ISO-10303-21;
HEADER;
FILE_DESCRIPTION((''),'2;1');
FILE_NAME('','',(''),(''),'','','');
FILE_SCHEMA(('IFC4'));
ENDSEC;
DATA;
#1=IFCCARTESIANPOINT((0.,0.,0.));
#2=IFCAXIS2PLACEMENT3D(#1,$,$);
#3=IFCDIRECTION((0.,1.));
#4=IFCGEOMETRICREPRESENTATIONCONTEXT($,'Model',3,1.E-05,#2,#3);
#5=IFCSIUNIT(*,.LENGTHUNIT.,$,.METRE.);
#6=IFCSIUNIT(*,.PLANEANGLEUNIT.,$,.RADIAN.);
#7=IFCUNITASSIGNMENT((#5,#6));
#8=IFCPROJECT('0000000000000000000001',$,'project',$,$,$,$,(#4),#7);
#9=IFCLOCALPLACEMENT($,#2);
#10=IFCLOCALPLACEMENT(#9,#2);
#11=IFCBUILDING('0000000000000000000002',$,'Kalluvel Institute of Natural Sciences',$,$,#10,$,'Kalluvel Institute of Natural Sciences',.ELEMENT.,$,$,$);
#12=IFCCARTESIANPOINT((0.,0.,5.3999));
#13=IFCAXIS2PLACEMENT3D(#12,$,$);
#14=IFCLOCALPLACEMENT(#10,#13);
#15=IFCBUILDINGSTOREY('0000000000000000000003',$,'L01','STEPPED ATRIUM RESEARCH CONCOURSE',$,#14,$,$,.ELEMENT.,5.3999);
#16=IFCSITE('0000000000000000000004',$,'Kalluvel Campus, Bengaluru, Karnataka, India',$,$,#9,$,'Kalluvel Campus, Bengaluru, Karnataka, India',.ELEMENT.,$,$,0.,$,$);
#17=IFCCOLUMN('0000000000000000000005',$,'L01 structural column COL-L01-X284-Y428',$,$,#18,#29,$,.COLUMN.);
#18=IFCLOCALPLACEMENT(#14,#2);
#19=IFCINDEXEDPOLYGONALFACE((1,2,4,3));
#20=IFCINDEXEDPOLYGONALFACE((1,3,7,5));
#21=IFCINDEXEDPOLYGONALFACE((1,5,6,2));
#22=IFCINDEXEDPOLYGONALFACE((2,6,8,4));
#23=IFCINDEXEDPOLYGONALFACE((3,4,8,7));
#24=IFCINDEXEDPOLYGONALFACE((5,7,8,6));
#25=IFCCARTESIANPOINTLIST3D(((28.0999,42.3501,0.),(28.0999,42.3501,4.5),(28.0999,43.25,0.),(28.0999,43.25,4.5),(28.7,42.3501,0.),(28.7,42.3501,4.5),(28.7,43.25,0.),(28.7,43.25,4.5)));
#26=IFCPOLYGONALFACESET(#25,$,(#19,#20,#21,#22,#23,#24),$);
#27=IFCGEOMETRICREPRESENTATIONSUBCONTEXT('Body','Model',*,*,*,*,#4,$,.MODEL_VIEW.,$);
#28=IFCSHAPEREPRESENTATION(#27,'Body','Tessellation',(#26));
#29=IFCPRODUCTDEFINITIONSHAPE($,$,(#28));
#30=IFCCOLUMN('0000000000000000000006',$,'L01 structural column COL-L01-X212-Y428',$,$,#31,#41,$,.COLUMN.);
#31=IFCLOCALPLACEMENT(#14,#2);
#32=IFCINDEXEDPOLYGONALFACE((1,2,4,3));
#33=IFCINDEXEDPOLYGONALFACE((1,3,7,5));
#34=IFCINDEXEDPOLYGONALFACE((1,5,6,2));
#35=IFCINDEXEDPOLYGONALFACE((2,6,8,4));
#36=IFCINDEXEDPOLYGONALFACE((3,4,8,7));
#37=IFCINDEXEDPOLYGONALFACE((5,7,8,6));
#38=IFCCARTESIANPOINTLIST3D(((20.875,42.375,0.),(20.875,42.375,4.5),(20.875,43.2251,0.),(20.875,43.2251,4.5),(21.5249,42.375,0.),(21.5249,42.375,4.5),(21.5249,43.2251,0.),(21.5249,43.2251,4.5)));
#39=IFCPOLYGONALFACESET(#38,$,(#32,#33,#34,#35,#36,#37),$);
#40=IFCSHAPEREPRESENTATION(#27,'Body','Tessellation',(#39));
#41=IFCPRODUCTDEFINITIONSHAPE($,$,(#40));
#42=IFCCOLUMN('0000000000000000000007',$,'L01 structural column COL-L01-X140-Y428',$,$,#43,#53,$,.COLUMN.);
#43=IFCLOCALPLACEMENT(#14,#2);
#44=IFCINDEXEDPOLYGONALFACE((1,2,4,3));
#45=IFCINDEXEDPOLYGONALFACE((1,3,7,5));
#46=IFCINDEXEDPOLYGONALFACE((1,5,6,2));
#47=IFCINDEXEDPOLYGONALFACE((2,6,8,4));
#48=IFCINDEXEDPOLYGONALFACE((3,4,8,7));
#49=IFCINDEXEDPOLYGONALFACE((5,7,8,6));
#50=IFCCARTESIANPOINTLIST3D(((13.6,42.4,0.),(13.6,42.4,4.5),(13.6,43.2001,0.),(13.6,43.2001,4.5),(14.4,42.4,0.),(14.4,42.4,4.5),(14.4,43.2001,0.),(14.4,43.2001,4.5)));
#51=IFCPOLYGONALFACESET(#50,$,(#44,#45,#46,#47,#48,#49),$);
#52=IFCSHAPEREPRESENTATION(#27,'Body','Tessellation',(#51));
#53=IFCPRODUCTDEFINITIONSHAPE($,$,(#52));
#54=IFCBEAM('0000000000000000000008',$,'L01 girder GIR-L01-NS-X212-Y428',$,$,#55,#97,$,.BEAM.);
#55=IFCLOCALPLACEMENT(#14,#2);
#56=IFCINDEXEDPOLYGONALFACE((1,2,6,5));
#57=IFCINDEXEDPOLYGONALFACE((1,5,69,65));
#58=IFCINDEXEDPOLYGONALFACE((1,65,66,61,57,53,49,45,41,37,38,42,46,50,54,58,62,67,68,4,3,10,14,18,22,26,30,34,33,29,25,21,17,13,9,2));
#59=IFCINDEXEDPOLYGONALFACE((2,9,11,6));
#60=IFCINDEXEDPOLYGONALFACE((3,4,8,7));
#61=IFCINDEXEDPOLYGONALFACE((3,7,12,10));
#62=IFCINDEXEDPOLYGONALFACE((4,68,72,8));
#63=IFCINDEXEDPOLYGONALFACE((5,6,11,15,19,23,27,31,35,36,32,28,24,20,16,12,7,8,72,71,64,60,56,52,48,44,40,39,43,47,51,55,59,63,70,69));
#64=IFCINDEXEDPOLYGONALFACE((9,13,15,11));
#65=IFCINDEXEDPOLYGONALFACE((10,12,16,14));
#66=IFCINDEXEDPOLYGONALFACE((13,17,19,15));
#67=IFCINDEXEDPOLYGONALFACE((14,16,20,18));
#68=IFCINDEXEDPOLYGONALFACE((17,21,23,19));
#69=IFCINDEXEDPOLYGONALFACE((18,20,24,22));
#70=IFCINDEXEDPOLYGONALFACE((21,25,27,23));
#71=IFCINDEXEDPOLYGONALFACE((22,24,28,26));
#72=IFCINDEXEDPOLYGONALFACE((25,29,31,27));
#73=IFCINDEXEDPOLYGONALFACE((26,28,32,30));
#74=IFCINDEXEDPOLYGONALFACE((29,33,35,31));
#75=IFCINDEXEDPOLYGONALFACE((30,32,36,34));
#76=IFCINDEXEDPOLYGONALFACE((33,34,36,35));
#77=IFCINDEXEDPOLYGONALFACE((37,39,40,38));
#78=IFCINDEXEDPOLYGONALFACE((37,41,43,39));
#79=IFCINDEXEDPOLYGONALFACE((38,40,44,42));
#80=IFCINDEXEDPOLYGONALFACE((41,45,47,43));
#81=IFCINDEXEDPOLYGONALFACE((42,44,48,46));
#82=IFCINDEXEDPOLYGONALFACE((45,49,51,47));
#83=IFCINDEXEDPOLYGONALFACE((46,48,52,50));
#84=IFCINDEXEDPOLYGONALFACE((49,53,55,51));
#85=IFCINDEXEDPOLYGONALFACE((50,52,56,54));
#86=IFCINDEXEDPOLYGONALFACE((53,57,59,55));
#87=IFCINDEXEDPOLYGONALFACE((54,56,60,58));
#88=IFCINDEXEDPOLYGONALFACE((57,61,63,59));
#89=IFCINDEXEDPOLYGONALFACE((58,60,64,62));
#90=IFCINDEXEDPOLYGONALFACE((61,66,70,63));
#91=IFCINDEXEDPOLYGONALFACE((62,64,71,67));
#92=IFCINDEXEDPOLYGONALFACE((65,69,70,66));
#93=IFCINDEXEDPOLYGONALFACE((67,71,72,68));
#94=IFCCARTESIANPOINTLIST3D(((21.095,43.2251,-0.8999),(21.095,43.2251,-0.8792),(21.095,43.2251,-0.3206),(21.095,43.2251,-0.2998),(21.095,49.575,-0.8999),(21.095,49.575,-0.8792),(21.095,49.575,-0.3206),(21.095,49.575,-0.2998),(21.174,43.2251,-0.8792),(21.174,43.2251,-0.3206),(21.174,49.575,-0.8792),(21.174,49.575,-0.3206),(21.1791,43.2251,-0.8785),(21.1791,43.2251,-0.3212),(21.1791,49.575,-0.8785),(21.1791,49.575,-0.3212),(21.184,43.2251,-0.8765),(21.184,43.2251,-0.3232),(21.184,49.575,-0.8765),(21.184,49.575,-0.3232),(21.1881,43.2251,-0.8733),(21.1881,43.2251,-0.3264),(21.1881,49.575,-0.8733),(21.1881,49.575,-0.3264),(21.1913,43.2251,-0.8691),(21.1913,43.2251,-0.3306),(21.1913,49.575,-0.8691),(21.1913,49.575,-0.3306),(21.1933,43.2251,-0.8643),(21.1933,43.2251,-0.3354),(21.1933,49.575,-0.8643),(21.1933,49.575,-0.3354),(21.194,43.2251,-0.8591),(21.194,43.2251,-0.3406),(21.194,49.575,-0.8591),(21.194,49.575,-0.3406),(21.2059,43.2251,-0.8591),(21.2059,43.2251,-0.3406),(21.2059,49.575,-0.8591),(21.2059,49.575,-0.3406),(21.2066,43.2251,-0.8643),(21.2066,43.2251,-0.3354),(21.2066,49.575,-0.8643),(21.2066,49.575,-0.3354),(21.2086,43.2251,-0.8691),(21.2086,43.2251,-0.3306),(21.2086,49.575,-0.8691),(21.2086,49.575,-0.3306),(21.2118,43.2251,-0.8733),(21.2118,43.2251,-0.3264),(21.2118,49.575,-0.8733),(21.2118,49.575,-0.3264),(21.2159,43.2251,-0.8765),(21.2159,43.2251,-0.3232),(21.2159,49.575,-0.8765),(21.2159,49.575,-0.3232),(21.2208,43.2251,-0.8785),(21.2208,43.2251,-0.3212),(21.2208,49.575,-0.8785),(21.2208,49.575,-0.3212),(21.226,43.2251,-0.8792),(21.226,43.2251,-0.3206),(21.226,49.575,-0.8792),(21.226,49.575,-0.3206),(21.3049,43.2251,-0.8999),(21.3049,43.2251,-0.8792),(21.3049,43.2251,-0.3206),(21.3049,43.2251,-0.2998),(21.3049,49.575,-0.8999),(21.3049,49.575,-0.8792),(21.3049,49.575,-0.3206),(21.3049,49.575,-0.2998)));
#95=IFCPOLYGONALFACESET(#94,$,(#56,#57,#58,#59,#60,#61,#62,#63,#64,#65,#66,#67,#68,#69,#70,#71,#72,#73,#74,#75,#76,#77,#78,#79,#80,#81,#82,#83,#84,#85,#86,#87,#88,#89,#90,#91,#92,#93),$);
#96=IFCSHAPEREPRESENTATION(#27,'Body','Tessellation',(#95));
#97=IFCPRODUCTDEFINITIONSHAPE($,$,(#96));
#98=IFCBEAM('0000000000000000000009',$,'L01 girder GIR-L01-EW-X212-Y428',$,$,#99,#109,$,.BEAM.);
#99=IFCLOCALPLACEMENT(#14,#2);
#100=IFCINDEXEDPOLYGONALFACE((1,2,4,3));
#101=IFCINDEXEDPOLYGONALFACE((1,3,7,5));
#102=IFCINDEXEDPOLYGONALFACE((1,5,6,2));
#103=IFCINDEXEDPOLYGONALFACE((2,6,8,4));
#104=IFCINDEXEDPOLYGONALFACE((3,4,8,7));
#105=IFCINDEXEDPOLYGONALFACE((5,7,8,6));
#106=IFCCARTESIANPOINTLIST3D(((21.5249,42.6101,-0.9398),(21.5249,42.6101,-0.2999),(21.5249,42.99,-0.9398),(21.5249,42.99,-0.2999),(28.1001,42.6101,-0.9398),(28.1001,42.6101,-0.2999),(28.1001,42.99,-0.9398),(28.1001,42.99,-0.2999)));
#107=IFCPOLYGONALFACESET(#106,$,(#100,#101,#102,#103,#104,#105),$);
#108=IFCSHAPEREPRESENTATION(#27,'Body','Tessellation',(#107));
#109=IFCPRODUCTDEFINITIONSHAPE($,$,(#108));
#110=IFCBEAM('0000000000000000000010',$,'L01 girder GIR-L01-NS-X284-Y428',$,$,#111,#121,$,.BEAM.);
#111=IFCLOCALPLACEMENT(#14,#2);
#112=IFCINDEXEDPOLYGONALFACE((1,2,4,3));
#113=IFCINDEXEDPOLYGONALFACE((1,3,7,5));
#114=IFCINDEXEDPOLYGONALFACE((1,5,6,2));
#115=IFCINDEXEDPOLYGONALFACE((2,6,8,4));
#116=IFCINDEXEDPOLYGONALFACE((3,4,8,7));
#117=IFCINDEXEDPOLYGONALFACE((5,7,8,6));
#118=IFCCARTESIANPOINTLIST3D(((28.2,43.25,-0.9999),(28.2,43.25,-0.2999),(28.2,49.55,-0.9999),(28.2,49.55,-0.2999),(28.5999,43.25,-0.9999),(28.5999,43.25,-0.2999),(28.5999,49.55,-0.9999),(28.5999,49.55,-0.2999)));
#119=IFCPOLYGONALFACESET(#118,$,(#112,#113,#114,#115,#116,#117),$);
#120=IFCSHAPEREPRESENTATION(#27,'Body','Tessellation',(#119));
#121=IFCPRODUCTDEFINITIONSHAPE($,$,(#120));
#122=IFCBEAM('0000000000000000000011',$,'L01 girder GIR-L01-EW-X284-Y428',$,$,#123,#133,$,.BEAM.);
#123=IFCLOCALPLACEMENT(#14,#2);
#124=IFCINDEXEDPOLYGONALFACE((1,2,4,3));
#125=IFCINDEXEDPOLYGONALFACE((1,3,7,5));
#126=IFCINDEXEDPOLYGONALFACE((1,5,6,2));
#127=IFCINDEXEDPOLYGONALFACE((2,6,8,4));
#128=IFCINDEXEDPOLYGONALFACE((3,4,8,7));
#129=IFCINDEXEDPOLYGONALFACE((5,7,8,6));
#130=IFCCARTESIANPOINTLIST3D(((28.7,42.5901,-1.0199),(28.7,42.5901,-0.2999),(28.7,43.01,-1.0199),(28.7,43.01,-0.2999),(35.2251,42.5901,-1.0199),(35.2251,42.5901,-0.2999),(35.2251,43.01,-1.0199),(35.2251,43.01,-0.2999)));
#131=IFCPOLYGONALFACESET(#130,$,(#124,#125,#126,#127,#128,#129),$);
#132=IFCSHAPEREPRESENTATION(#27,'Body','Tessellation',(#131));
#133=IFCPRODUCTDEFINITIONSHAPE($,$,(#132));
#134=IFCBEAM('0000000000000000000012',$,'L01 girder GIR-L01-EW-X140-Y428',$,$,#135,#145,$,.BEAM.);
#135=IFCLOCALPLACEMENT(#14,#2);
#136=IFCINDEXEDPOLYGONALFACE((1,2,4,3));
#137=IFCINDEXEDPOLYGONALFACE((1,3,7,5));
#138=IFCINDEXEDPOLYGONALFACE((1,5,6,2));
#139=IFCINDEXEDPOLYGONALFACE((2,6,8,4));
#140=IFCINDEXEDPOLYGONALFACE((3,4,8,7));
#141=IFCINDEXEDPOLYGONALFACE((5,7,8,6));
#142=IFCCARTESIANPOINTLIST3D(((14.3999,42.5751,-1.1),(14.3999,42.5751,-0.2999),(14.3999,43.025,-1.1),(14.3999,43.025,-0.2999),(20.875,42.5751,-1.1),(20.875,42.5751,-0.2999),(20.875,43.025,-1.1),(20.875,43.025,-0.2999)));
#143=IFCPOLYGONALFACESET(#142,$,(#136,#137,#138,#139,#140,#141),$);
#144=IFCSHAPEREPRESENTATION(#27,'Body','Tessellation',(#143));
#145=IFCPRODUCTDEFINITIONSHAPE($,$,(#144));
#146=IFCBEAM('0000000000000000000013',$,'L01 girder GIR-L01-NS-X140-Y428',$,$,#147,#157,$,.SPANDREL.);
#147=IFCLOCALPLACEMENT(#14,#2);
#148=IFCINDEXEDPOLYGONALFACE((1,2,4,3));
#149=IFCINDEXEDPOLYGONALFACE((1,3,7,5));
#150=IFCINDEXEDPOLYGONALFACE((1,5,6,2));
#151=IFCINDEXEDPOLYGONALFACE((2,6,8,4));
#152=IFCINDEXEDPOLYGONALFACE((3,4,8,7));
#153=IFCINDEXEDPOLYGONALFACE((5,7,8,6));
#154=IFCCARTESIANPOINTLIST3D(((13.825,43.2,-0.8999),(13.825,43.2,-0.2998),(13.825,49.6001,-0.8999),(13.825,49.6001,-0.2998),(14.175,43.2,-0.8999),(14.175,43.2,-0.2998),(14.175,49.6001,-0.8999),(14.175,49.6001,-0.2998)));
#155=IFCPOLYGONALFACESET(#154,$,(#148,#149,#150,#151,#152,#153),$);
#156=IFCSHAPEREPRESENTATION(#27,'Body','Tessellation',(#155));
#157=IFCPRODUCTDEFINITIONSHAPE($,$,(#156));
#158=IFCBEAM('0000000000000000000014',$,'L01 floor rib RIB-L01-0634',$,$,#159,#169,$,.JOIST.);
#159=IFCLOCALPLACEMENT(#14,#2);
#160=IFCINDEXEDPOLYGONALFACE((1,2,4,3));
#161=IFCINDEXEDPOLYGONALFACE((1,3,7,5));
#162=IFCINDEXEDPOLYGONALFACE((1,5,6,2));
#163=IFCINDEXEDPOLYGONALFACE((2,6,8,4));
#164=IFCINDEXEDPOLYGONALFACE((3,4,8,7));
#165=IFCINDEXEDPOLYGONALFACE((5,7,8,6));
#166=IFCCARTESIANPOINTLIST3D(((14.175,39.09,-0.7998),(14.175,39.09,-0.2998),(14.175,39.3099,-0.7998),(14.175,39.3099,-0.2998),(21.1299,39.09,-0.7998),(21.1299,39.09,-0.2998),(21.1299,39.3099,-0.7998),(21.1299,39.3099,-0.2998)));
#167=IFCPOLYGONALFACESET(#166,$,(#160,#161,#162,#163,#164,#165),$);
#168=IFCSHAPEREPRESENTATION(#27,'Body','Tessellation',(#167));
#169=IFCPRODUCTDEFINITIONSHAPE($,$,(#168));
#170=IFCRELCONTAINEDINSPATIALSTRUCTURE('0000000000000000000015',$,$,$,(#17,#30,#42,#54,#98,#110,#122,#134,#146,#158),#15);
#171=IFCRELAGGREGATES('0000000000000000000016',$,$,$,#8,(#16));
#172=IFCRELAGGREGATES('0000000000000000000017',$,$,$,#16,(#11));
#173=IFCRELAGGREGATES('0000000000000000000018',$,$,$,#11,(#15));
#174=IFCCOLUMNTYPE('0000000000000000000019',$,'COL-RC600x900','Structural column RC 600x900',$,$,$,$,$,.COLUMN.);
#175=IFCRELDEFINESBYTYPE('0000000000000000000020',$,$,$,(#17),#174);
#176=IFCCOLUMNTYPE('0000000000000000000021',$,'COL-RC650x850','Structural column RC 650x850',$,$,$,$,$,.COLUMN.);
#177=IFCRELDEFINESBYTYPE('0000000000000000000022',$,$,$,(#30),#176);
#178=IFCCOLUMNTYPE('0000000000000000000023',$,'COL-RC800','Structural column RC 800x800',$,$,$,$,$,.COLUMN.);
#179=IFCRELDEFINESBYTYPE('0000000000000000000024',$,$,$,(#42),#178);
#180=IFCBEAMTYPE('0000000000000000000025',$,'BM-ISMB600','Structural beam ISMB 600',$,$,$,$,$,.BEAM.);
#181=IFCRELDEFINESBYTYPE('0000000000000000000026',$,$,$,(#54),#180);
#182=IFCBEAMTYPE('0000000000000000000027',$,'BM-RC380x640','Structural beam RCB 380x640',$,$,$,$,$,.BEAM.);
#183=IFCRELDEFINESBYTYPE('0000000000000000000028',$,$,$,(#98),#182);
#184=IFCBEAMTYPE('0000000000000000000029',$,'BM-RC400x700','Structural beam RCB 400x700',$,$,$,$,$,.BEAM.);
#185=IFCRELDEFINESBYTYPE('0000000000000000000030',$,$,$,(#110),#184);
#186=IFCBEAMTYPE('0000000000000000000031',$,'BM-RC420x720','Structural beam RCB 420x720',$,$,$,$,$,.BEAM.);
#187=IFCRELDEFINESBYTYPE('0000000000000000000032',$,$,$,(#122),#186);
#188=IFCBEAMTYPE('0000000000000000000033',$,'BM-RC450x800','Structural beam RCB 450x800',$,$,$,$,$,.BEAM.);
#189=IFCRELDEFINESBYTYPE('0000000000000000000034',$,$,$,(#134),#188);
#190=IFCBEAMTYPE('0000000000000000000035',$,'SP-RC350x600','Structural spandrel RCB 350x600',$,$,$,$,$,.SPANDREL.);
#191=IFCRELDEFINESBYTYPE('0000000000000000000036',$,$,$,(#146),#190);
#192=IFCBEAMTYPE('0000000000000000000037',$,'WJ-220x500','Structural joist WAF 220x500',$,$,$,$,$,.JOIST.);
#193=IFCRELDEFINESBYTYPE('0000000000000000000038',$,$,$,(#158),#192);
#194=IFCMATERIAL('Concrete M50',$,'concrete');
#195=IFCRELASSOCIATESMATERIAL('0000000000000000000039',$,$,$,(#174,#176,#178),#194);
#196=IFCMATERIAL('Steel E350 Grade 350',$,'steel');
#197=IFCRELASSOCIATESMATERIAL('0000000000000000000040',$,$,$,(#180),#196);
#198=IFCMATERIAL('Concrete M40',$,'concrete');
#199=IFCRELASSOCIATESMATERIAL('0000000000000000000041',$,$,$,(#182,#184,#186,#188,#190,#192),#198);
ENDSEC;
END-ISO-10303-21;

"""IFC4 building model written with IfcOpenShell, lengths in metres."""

from ifc_helpers import new_model, si_unit, direction, frame, origin, origin_2d, place, context, subcontext, project, spatial, rectangle, i_section, extrude, material, material_profile, profile_set, type_object, element, save


model = new_model("IFC4")

# Units and contexts
model_context = context("Model", 3, precision=1e-05, world=origin(), true_north=direction((0.0, 1.0)))
body_context = subcontext(model_context, "Body", "Model", "MODEL_VIEW")
ifc_project = project(units=[si_unit("LENGTHUNIT", "METRE"), si_unit("PLANEANGLEUNIT", "RADIAN")], contexts=[model_context])

# Site, building, storey
site_placement = place(None, origin())
site = spatial("IfcSite", under=ifc_project, at=site_placement, Name="Kalluvel Campus, Bengaluru, Karnataka, India", LongName="Kalluvel Campus, Bengaluru, Karnataka, India", CompositionType="ELEMENT", RefElevation=0.0)
building_placement = place(site_placement, origin())
building = spatial("IfcBuilding", under=site, at=building_placement, Name="Kalluvel Institute of Natural Sciences", LongName="Kalluvel Institute of Natural Sciences", CompositionType="ELEMENT")
storey_placement = place(building_placement, frame((0.0, 0.0, 5.3999)))
storey = spatial("IfcBuildingStorey", under=building, at=storey_placement, Name="L01", Description="STEPPED ATRIUM RESEARCH CONCOURSE", CompositionType="ELEMENT", Elevation=5.3999)

# Columns
ifc_material_1 = material(Name="Concrete M50", Category="concrete")
ifc_material_profile_1 = material_profile(ifc_material_1, rectangle(XDim=0.6001, YDim=0.8999, at=origin_2d()), Name="RC 600x900")
ifc_profile_set_1 = profile_set([ifc_material_profile_1], Name="Concrete M50")
column_type_1 = type_object("IfcColumnType", Name="COL-RC600x900", Description="Structural column RC 600x900", PredefinedType="COLUMN", material=ifc_profile_set_1)
column_1_placement = place(storey_placement, frame((28.3999, 42.8, 0.0), z_axis=(0.0, 0.0, 1.0), x_axis=(1.0, 0.0, 0.0)))
element("IfcColumn", 1, at=column_1_placement, inside=storey, type_object=column_type_1, Name="L01 structural column COL-L01-X284-Y428", PredefinedType="COLUMN", context=body_context, shape_type="SweptSolid", body=[
    extrude(rectangle(XDim=0.6001, YDim=0.8999, at=origin_2d()), origin(), (0.0, 0.0, 1.0), 4.5),
])
ifc_material_profile_2 = material_profile(ifc_material_1, rectangle(XDim=0.6499, YDim=0.8501, at=origin_2d()), Name="RC 650x850")
ifc_profile_set_2 = profile_set([ifc_material_profile_2], Name="Concrete M50")
column_type_2 = type_object("IfcColumnType", Name="COL-RC650x850", Description="Structural column RC 650x850", PredefinedType="COLUMN", material=ifc_profile_set_2)
column_2_placement = place(storey_placement, frame((21.2, 42.8, 0.0), z_axis=(0.0, 0.0, 1.0), x_axis=(1.0, 0.0, 0.0)))
element("IfcColumn", 2, at=column_2_placement, inside=storey, type_object=column_type_2, Name="L01 structural column COL-L01-X212-Y428", PredefinedType="COLUMN", context=body_context, shape_type="SweptSolid", body=[
    extrude(rectangle(XDim=0.6499, YDim=0.8501, at=origin_2d()), origin(), (0.0, 0.0, 1.0), 4.5),
])
ifc_material_profile_3 = material_profile(ifc_material_1, rectangle(XDim=0.8, YDim=0.8, at=origin_2d()), Name="RC 800x800")
ifc_profile_set_3 = profile_set([ifc_material_profile_3], Name="Concrete M50")
column_type_3 = type_object("IfcColumnType", Name="COL-RC800", Description="Structural column RC 800x800", PredefinedType="COLUMN", material=ifc_profile_set_3)
column_3_placement = place(storey_placement, frame((14.0, 42.8, 0.0), z_axis=(0.0, 0.0, 1.0), x_axis=(1.0, 0.0, 0.0)))
element("IfcColumn", 3, at=column_3_placement, inside=storey, type_object=column_type_3, Name="L01 structural column COL-L01-X140-Y428", PredefinedType="COLUMN", context=body_context, shape_type="SweptSolid", body=[
    extrude(rectangle(XDim=0.8, YDim=0.8, at=origin_2d()), origin(), (0.0, 0.0, 1.0), 4.5),
])

# Beams
ifc_material_2 = material(Name="Steel E350 Grade 350", Category="steel")
ifc_material_profile_4 = material_profile(ifc_material_2, i_section(OverallWidth=0.21, OverallDepth=0.6001, WebThickness=0.012, FlangeThickness=0.0208, FilletRadius=0.02, at=origin_2d()), Name="ISMB 600")
ifc_profile_set_4 = profile_set([ifc_material_profile_4], Name="Steel E350 Grade 350")
beam_type_1 = type_object("IfcBeamType", Name="BM-ISMB600", Description="Structural beam ISMB 600", PredefinedType="BEAM", material=ifc_profile_set_4)
beam_1_placement = place(storey_placement, frame((21.2, 43.2251, -0.5999), z_axis=(0.0, 1.0, 0.0), x_axis=(-1.0, 0.0, 0.0)))
element("IfcBeam", 4, at=beam_1_placement, inside=storey, type_object=beam_type_1, Name="L01 girder GIR-L01-NS-X212-Y428", PredefinedType="BEAM", context=body_context, shape_type="SweptSolid", body=[
    extrude(i_section(OverallWidth=0.21, OverallDepth=0.6001, WebThickness=0.012, FlangeThickness=0.0208, FilletRadius=0.02, at=origin_2d()), origin(), (0.0, 0.0, 1.0), 6.3499),
])
ifc_material_3 = material(Name="Concrete M40", Category="concrete")
ifc_material_profile_5 = material_profile(ifc_material_3, rectangle(XDim=0.3799, YDim=0.6399, at=origin_2d()), Name="RCB 380x640")
ifc_profile_set_5 = profile_set([ifc_material_profile_5], Name="Concrete M40")
beam_type_2 = type_object("IfcBeamType", Name="BM-RC380x640", Description="Structural beam RCB 380x640", PredefinedType="BEAM", material=ifc_profile_set_5)
beam_2_placement = place(storey_placement, frame((21.5249, 42.8, -0.6199), z_axis=(1.0, 0.0, 0.0), x_axis=(0.0, 1.0, 0.0)))
element("IfcBeam", 5, at=beam_2_placement, inside=storey, type_object=beam_type_2, Name="L01 girder GIR-L01-EW-X212-Y428", PredefinedType="BEAM", context=body_context, shape_type="SweptSolid", body=[
    extrude(rectangle(XDim=0.3799, YDim=0.6399, at=origin_2d()), origin(), (0.0, 0.0, 1.0), 6.5752),
])
ifc_material_profile_6 = material_profile(ifc_material_3, rectangle(XDim=0.3999, YDim=0.7, at=origin_2d()), Name="RCB 400x700")
ifc_profile_set_6 = profile_set([ifc_material_profile_6], Name="Concrete M40")
beam_type_3 = type_object("IfcBeamType", Name="BM-RC400x700", Description="Structural beam RCB 400x700", PredefinedType="BEAM", material=ifc_profile_set_6)
beam_3_placement = place(storey_placement, frame((28.3999, 43.25, -0.6499), z_axis=(0.0, 1.0, 0.0), x_axis=(-1.0, 0.0, 0.0)))
element("IfcBeam", 6, at=beam_3_placement, inside=storey, type_object=beam_type_3, Name="L01 girder GIR-L01-NS-X284-Y428", PredefinedType="BEAM", context=body_context, shape_type="SweptSolid", body=[
    extrude(rectangle(XDim=0.3999, YDim=0.7, at=origin_2d()), origin(), (0.0, 0.0, 1.0), 6.3),
])
ifc_material_profile_7 = material_profile(ifc_material_3, rectangle(XDim=0.4199, YDim=0.72, at=origin_2d()), Name="RCB 420x720")
ifc_profile_set_7 = profile_set([ifc_material_profile_7], Name="Concrete M40")
beam_type_4 = type_object("IfcBeamType", Name="BM-RC420x720", Description="Structural beam RCB 420x720", PredefinedType="BEAM", material=ifc_profile_set_7)
beam_4_placement = place(storey_placement, frame((28.7, 42.8, -0.6599), z_axis=(1.0, 0.0, 0.0), x_axis=(0.0, 1.0, 0.0)))
element("IfcBeam", 7, at=beam_4_placement, inside=storey, type_object=beam_type_4, Name="L01 girder GIR-L01-EW-X284-Y428", PredefinedType="BEAM", context=body_context, shape_type="SweptSolid", body=[
    extrude(rectangle(XDim=0.4199, YDim=0.72, at=origin_2d()), origin(), (0.0, 0.0, 1.0), 6.5251),
])
ifc_material_profile_8 = material_profile(ifc_material_3, rectangle(XDim=0.45, YDim=0.8, at=origin_2d()), Name="RCB 450x800")
ifc_profile_set_8 = profile_set([ifc_material_profile_8], Name="Concrete M40")
beam_type_5 = type_object("IfcBeamType", Name="BM-RC450x800", Description="Structural beam RCB 450x800", PredefinedType="BEAM", material=ifc_profile_set_8)
beam_5_placement = place(storey_placement, frame((14.3999, 42.8, -0.7), z_axis=(1.0, 0.0, 0.0), x_axis=(0.0, 1.0, 0.0)))
element("IfcBeam", 8, at=beam_5_placement, inside=storey, type_object=beam_type_5, Name="L01 girder GIR-L01-EW-X140-Y428", PredefinedType="BEAM", context=body_context, shape_type="SweptSolid", body=[
    extrude(rectangle(XDim=0.45, YDim=0.8, at=origin_2d()), origin(), (0.0, 0.0, 1.0), 6.4751),
])
ifc_material_profile_9 = material_profile(ifc_material_3, rectangle(XDim=0.3501, YDim=0.6001, at=origin_2d()), Name="RCB 350x600")
ifc_profile_set_9 = profile_set([ifc_material_profile_9], Name="Concrete M40")
beam_type_6 = type_object("IfcBeamType", Name="SP-RC350x600", Description="Structural spandrel RCB 350x600", PredefinedType="SPANDREL", material=ifc_profile_set_9)
beam_6_placement = place(storey_placement, frame((14.0, 43.2, -0.5999), z_axis=(0.0, 1.0, 0.0), x_axis=(-1.0, 0.0, 0.0)))
element("IfcBeam", 9, at=beam_6_placement, inside=storey, type_object=beam_type_6, Name="L01 girder GIR-L01-NS-X140-Y428", PredefinedType="SPANDREL", context=body_context, shape_type="SweptSolid", body=[
    extrude(rectangle(XDim=0.3501, YDim=0.6001, at=origin_2d()), origin(), (0.0, 0.0, 1.0), 6.4001),
])
ifc_material_profile_10 = material_profile(ifc_material_3, rectangle(XDim=0.22, YDim=0.5, at=origin_2d()), Name="WAF 220x500")
ifc_profile_set_10 = profile_set([ifc_material_profile_10], Name="Concrete M40")
beam_type_7 = type_object("IfcBeamType", Name="WJ-220x500", Description="Structural joist WAF 220x500", PredefinedType="JOIST", material=ifc_profile_set_10)
beam_7_placement = place(storey_placement, frame((14.175, 39.2, -0.5498), z_axis=(1.0, 0.0, 0.0), x_axis=(0.0, 1.0, 0.0)))
element("IfcBeam", 10, at=beam_7_placement, inside=storey, type_object=beam_type_7, Name="L01 floor rib RIB-L01-0634", PredefinedType="JOIST", context=body_context, shape_type="SweptSolid", body=[
    extrude(rectangle(XDim=0.22, YDim=0.5, at=origin_2d()), origin(), (0.0, 0.0, 1.0), 6.9548),
])

save(model, "model.ifc")
